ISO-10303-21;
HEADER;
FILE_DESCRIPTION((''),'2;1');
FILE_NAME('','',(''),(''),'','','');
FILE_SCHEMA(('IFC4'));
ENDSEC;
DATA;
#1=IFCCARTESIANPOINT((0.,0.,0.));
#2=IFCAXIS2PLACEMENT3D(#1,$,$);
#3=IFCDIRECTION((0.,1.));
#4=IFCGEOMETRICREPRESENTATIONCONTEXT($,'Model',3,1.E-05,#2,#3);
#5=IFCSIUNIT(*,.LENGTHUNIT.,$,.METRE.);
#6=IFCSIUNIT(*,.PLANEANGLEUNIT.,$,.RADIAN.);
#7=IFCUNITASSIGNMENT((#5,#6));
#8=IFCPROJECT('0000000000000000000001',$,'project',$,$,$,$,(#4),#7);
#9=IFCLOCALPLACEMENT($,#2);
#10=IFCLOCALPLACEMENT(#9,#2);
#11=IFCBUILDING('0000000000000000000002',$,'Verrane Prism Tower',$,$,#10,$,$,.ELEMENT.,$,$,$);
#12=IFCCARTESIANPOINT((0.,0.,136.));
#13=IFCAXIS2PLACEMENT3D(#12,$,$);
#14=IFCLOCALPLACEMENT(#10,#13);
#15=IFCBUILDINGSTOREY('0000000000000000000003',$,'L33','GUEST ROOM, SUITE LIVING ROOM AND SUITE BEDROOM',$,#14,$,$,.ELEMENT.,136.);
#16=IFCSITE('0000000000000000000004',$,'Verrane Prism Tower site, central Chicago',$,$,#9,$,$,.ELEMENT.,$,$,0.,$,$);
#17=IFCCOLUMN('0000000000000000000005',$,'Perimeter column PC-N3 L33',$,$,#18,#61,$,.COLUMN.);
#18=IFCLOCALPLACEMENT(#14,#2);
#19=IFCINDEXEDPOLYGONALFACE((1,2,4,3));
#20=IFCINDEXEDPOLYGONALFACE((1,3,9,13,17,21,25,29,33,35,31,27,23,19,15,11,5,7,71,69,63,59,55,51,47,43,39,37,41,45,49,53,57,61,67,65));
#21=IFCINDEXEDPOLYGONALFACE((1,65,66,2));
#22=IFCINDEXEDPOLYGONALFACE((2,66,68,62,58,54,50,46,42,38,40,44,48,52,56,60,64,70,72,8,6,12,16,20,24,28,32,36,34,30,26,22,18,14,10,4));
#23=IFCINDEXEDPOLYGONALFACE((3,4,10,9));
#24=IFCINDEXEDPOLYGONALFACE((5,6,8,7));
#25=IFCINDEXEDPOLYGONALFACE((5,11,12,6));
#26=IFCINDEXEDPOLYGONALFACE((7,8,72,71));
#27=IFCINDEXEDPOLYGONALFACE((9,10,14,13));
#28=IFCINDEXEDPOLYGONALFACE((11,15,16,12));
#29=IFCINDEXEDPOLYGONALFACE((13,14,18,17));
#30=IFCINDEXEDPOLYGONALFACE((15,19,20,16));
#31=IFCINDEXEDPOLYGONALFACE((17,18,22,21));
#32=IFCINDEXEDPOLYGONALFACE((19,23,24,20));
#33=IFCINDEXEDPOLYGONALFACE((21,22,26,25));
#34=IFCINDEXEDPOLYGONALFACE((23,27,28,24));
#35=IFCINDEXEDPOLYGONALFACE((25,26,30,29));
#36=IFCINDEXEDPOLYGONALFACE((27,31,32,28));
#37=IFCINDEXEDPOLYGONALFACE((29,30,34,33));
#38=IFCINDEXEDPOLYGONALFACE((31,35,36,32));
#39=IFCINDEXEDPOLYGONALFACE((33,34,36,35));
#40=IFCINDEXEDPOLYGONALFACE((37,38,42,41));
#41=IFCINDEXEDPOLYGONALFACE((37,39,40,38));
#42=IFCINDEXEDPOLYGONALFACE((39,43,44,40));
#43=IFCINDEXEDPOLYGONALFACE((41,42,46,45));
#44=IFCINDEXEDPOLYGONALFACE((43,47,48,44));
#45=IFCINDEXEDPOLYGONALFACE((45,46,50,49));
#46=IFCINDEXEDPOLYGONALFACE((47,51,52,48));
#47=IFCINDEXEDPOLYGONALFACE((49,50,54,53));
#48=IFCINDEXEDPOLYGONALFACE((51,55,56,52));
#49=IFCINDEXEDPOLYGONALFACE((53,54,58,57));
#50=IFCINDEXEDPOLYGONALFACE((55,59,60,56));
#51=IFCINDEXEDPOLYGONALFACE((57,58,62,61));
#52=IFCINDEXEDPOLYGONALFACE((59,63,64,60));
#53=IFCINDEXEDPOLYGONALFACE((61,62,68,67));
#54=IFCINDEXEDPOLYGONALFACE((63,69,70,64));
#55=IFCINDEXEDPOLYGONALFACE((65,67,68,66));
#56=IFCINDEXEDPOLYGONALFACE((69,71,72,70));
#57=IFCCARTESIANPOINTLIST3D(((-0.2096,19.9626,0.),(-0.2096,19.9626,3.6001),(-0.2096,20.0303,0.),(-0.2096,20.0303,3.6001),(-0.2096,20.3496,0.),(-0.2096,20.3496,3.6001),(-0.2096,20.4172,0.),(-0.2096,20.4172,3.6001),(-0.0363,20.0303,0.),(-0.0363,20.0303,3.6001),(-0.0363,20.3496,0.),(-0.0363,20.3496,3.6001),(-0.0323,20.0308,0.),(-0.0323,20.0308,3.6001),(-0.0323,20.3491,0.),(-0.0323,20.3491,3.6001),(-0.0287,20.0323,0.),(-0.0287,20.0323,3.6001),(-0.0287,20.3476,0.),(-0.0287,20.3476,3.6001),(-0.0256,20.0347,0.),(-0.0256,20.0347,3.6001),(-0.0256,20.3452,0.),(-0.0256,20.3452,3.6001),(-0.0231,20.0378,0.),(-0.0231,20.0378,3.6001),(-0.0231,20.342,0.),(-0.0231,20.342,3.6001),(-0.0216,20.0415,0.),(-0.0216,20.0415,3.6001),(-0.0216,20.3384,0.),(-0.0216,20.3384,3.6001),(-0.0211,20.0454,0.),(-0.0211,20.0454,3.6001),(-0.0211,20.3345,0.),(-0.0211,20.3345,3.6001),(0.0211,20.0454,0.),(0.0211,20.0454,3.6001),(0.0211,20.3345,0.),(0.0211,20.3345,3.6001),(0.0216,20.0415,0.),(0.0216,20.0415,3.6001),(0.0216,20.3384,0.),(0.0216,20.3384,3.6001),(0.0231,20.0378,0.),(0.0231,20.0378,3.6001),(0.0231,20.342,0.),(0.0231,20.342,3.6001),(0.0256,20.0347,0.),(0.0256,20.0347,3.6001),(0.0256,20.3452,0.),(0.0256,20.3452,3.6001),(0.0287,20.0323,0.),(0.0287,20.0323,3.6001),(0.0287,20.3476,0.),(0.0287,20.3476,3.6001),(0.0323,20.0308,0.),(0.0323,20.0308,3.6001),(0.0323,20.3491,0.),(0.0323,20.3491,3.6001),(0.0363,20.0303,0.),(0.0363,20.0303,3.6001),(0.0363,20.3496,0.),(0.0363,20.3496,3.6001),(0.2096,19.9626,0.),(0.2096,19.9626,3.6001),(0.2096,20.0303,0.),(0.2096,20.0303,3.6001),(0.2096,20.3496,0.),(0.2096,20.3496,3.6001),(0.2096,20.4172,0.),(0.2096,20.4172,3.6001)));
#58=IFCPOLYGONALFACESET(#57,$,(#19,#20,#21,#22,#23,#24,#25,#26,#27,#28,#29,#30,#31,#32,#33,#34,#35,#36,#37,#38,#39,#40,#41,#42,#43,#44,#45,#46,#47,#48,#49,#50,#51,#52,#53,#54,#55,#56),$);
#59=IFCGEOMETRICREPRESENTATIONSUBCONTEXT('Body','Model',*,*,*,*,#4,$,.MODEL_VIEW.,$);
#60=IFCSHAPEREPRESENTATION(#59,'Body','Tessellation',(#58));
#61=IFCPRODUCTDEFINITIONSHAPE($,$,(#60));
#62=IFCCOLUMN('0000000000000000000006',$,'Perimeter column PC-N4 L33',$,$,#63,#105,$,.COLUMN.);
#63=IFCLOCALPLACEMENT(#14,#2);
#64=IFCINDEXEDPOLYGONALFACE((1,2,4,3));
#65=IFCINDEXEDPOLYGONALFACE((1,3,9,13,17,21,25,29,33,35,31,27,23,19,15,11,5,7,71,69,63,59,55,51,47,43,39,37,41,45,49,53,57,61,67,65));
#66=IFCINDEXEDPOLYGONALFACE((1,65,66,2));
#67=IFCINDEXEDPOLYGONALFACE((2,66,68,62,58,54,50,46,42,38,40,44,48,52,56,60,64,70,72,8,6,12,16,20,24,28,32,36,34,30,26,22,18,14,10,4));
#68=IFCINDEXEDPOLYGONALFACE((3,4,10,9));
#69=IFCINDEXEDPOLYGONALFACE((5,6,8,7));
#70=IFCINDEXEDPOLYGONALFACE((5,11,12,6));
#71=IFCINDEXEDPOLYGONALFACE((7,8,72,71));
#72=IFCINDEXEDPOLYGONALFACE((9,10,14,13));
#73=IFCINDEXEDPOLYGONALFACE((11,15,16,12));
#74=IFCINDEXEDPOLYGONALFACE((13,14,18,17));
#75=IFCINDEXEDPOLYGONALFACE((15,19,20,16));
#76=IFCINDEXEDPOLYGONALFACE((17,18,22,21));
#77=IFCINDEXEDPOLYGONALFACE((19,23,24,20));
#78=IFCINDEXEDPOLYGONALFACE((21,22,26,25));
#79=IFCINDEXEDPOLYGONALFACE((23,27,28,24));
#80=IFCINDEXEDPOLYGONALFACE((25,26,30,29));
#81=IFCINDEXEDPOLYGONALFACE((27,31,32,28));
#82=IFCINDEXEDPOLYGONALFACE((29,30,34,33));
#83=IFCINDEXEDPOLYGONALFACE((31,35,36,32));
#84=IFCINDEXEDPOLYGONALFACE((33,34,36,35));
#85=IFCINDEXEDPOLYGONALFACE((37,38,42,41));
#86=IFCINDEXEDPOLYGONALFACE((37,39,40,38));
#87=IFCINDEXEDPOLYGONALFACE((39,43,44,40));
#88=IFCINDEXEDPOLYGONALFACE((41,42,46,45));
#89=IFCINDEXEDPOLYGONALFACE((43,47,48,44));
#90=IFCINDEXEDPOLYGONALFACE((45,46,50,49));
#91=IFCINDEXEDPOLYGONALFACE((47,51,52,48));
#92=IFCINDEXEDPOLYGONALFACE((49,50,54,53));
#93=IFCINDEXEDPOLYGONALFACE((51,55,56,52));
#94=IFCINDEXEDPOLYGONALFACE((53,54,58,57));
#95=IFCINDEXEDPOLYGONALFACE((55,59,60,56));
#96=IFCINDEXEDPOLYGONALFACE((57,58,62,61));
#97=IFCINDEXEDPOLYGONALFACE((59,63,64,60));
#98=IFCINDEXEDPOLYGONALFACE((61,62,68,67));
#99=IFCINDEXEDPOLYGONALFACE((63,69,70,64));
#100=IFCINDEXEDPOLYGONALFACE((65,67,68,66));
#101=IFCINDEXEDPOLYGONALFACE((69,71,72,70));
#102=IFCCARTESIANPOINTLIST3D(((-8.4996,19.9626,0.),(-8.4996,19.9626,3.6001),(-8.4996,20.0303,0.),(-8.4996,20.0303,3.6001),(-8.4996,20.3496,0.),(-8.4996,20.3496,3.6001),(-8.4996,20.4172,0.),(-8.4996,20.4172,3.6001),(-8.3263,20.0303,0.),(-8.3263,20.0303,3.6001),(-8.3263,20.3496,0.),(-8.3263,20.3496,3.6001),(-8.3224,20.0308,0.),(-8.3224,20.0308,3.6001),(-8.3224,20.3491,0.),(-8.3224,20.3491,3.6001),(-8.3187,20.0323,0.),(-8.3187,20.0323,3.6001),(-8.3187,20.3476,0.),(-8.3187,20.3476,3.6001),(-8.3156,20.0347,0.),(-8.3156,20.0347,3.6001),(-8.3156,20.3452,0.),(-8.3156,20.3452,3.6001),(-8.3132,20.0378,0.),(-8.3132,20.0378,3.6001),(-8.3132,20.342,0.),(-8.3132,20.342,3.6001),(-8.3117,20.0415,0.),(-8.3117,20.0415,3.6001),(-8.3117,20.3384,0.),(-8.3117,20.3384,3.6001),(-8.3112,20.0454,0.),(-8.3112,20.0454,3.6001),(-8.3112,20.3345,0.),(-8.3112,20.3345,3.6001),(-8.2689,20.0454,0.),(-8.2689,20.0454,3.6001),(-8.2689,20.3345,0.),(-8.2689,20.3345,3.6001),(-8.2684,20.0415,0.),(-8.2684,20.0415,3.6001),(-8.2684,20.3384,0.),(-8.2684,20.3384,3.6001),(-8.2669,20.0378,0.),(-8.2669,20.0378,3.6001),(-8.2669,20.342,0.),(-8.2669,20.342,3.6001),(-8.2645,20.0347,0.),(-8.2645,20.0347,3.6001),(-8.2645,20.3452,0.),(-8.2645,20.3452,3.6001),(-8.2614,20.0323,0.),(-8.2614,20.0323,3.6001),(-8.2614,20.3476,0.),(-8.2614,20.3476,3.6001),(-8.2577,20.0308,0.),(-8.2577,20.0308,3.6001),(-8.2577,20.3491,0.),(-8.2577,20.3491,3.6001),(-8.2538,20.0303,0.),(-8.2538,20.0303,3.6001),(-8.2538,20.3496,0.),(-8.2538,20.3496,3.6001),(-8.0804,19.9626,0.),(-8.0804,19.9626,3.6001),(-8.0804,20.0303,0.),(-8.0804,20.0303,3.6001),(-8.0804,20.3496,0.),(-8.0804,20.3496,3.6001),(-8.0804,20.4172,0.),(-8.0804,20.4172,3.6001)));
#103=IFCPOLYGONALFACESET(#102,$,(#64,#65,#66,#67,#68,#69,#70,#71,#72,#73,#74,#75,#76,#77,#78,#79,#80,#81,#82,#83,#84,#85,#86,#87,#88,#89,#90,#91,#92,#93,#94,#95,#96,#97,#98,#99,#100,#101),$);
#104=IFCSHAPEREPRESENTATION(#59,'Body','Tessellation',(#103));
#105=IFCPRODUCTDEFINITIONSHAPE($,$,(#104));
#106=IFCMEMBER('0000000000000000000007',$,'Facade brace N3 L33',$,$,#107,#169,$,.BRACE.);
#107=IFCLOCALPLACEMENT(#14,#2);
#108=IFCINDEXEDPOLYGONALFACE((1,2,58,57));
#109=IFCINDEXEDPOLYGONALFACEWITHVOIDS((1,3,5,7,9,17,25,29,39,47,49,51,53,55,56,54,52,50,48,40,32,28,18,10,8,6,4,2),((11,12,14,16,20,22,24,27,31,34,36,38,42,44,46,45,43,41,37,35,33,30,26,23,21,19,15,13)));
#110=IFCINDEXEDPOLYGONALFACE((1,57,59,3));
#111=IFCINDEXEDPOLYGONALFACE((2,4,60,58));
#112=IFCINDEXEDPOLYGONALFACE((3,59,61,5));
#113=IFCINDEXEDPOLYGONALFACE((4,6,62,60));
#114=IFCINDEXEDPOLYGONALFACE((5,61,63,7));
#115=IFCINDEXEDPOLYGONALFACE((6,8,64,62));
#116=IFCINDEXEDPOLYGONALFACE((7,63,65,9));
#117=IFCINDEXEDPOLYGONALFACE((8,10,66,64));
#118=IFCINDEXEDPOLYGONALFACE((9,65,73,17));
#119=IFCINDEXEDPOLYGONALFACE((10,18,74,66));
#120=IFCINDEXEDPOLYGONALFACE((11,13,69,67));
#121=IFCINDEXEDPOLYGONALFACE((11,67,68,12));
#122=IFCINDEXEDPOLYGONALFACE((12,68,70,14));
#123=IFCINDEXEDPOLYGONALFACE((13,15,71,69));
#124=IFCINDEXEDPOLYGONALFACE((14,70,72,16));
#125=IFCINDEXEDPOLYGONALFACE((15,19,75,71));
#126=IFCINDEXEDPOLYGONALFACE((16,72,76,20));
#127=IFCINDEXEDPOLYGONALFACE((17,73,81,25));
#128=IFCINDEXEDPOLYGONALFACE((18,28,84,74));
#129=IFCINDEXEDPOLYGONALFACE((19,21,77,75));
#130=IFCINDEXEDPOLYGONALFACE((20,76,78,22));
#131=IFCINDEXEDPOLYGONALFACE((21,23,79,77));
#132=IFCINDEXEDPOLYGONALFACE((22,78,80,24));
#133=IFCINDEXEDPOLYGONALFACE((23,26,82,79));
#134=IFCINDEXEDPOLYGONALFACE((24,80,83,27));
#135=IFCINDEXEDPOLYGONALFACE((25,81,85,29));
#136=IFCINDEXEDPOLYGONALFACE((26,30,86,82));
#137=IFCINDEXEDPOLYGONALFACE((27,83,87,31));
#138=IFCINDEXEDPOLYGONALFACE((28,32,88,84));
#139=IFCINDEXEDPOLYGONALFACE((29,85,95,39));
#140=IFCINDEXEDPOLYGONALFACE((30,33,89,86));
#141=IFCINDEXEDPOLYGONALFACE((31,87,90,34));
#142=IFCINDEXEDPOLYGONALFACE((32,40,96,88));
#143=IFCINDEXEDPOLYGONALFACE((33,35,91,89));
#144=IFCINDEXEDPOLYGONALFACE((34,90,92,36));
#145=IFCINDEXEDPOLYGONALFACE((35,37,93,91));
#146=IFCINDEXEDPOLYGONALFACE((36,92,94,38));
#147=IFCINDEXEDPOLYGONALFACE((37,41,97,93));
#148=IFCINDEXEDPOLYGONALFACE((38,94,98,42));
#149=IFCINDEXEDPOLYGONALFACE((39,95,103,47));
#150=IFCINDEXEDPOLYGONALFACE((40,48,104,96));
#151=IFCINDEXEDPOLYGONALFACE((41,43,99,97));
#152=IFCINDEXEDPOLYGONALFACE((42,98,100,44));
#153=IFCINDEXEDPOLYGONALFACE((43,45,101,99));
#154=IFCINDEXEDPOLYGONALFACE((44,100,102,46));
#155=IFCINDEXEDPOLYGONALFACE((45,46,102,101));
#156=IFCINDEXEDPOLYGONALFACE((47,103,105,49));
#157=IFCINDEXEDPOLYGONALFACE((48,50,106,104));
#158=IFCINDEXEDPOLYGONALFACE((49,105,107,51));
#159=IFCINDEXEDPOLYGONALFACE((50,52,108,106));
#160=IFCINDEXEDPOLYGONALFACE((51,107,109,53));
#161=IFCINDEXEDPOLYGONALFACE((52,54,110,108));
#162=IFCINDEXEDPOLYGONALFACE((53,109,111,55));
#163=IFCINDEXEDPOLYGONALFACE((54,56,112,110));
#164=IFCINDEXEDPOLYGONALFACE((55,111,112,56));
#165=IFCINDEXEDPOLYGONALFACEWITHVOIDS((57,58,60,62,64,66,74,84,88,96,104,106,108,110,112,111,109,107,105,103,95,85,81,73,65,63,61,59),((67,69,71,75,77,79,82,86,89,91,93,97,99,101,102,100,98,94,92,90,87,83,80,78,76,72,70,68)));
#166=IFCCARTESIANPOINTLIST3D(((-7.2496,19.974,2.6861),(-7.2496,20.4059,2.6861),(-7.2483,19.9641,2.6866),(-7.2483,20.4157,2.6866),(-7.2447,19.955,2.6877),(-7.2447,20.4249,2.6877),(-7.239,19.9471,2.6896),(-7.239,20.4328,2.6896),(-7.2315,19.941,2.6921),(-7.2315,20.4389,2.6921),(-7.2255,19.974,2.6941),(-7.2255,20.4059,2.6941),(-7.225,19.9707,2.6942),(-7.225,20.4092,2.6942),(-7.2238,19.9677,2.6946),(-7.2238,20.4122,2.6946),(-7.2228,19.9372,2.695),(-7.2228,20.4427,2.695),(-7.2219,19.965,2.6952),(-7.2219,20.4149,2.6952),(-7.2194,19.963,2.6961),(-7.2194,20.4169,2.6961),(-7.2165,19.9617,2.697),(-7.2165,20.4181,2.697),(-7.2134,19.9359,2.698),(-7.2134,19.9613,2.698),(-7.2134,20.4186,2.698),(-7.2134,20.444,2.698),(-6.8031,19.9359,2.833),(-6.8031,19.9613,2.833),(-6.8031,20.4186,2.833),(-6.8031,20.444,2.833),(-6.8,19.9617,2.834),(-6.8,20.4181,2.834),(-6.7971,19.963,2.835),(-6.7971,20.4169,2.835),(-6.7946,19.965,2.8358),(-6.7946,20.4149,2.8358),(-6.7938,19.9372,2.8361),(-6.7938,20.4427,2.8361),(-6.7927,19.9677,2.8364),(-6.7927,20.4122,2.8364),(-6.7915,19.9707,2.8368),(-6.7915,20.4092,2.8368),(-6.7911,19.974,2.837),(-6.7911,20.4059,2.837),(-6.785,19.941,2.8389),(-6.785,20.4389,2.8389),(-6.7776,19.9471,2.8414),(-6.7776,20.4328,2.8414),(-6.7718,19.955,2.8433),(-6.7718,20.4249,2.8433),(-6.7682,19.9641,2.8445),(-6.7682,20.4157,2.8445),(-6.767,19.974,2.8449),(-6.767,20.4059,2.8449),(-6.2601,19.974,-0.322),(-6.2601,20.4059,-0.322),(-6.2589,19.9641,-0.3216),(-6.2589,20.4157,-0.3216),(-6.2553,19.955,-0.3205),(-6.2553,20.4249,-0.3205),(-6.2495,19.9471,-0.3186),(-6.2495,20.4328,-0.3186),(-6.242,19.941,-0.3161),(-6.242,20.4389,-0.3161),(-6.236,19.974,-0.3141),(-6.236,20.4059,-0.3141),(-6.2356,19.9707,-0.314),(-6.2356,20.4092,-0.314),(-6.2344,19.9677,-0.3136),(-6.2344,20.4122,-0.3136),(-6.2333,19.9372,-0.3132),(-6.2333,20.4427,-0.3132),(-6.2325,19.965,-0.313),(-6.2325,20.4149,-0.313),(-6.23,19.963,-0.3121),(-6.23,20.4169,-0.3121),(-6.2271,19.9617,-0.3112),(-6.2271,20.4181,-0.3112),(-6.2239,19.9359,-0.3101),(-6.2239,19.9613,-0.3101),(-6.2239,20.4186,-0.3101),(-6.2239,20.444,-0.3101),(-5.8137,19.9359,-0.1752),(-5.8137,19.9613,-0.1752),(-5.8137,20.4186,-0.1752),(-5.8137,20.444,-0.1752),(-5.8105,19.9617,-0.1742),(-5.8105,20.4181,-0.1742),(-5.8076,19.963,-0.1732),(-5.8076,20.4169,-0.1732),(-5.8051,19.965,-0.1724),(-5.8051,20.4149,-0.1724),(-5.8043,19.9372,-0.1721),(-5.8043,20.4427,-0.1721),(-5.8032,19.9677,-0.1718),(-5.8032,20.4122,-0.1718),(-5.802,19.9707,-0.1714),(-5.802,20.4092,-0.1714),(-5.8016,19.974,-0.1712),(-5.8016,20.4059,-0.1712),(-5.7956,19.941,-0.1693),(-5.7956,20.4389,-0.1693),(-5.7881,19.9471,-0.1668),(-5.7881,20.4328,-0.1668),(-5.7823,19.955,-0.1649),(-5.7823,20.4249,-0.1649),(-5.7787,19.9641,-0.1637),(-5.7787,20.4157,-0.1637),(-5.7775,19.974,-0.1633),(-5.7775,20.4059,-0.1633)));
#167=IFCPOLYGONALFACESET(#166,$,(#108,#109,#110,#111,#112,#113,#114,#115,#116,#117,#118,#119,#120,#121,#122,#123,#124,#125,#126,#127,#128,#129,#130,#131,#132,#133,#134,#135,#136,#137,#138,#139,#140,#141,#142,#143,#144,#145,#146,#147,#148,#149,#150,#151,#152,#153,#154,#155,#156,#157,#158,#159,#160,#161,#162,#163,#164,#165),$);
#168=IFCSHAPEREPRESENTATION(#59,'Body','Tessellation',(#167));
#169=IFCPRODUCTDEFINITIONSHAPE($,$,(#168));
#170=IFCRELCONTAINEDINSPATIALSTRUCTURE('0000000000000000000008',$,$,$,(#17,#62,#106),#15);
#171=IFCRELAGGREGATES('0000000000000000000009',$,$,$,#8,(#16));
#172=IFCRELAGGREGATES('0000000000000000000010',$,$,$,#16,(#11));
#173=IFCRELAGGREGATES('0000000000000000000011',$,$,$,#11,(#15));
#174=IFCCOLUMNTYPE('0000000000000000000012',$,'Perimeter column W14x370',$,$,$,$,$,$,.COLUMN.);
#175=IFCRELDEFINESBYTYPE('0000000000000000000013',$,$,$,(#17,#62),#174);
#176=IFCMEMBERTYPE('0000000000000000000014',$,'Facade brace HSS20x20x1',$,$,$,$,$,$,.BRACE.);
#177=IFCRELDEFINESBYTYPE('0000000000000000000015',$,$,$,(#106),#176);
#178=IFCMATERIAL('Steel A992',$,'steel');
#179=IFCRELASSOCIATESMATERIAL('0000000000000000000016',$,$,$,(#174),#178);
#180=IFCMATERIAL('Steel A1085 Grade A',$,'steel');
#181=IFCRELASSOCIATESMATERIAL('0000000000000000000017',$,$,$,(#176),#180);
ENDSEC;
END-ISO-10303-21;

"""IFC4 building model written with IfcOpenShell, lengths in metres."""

from ifc_helpers import new_model, si_unit, direction, frame, origin, origin_2d, place, context, subcontext, project, spatial, hollow_rectangle, i_section, extrude, material, material_profile, profile_set, type_object, element, save


model = new_model("IFC4")

# Units and contexts
model_context = context("Model", 3, precision=1e-05, world=origin(), true_north=direction((0.0, 1.0)))
body_context = subcontext(model_context, "Body", "Model", "MODEL_VIEW")
ifc_project = project(units=[si_unit("LENGTHUNIT", "METRE"), si_unit("PLANEANGLEUNIT", "RADIAN")], contexts=[model_context])

# Site, building, storey
site_placement = place(None, origin())
site = spatial("IfcSite", under=ifc_project, at=site_placement, Name="Verrane Prism Tower site, central Chicago", CompositionType="ELEMENT", RefElevation=0.0)
building_placement = place(site_placement, origin())
building = spatial("IfcBuilding", under=site, at=building_placement, Name="Verrane Prism Tower", CompositionType="ELEMENT")
storey_placement = place(building_placement, frame((0.0, 0.0, 136.0)))
storey = spatial("IfcBuildingStorey", under=building, at=storey_placement, Name="L33", Description="GUEST ROOM, SUITE LIVING ROOM AND SUITE BEDROOM", CompositionType="ELEMENT", Elevation=136.0)

# Columns
ifc_material_1 = material(Name="Steel A992", Category="steel")
ifc_material_profile_1 = material_profile(ifc_material_1, i_section(OverallWidth=0.4192, OverallDepth=0.4546, WebThickness=0.0422, FlangeThickness=0.0676, FilletRadius=0.0151, at=origin_2d()), Name="W14x370")
ifc_profile_set_1 = profile_set([ifc_material_profile_1], Name="Steel A992")
column_type = type_object("IfcColumnType", Name="Perimeter column W14x370", PredefinedType="COLUMN", material=ifc_profile_set_1)
for number, where, z_axis, x_axis, name in (
    (1, (0.0, 20.1899, 0.0), (0.0, 0.0, 1.0), (1.0, 0.0, 0.0), "Perimeter column PC-N3 L33"),
    (2, (-8.29, 20.1899, 0.0), (0.0, 0.0, 1.0), (1.0, 0.0, 0.0), "Perimeter column PC-N4 L33"),
):
    element("IfcColumn", number, at=place(storey_placement, frame(where, z_axis=z_axis, x_axis=x_axis)), inside=storey, type_object=column_type, Name=name, PredefinedType="COLUMN", context=body_context, shape_type="SweptSolid", body=[
        extrude(i_section(OverallWidth=0.4192, OverallDepth=0.4546, WebThickness=0.0422, FlangeThickness=0.0676, FilletRadius=0.0151, at=origin_2d()), origin(), (0.0, 0.0, 1.0), 3.6001),
    ])

# Member
ifc_material_2 = material(Name="Steel A1085 Grade A", Category="steel")
ifc_material_profile_2 = material_profile(ifc_material_2, hollow_rectangle(XDim=0.5081, YDim=0.5081, WallThickness=0.0254, InnerFilletRadius=0.0127, OuterFilletRadius=0.0381, at=origin_2d()), Name="HSS20x20x1")
ifc_profile_set_2 = profile_set([ifc_material_profile_2], Name="Steel A1085 Grade A")
member_type_1 = type_object("IfcMemberType", Name="Facade brace HSS20x20x1", PredefinedType="BRACE", material=ifc_profile_set_2)
member_1_placement = place(storey_placement, frame((-6.0188, 20.1899, -0.2427), z_axis=(-0.312455, 0.0, 0.949932), x_axis=(0.0, -1.0, 0.0)))
element("IfcMember", 3, at=member_1_placement, inside=storey, type_object=member_type_1, Name="Facade brace N3 L33", PredefinedType="BRACE", context=body_context, shape_type="SweptSolid", body=[
    extrude(hollow_rectangle(XDim=0.5081, YDim=0.5081, WallThickness=0.0254, InnerFilletRadius=0.0127, OuterFilletRadius=0.0381, at=origin_2d()), origin(), (0.0, 0.0, 1.0), 3.1667),
])

save(model, "model.ifc")
